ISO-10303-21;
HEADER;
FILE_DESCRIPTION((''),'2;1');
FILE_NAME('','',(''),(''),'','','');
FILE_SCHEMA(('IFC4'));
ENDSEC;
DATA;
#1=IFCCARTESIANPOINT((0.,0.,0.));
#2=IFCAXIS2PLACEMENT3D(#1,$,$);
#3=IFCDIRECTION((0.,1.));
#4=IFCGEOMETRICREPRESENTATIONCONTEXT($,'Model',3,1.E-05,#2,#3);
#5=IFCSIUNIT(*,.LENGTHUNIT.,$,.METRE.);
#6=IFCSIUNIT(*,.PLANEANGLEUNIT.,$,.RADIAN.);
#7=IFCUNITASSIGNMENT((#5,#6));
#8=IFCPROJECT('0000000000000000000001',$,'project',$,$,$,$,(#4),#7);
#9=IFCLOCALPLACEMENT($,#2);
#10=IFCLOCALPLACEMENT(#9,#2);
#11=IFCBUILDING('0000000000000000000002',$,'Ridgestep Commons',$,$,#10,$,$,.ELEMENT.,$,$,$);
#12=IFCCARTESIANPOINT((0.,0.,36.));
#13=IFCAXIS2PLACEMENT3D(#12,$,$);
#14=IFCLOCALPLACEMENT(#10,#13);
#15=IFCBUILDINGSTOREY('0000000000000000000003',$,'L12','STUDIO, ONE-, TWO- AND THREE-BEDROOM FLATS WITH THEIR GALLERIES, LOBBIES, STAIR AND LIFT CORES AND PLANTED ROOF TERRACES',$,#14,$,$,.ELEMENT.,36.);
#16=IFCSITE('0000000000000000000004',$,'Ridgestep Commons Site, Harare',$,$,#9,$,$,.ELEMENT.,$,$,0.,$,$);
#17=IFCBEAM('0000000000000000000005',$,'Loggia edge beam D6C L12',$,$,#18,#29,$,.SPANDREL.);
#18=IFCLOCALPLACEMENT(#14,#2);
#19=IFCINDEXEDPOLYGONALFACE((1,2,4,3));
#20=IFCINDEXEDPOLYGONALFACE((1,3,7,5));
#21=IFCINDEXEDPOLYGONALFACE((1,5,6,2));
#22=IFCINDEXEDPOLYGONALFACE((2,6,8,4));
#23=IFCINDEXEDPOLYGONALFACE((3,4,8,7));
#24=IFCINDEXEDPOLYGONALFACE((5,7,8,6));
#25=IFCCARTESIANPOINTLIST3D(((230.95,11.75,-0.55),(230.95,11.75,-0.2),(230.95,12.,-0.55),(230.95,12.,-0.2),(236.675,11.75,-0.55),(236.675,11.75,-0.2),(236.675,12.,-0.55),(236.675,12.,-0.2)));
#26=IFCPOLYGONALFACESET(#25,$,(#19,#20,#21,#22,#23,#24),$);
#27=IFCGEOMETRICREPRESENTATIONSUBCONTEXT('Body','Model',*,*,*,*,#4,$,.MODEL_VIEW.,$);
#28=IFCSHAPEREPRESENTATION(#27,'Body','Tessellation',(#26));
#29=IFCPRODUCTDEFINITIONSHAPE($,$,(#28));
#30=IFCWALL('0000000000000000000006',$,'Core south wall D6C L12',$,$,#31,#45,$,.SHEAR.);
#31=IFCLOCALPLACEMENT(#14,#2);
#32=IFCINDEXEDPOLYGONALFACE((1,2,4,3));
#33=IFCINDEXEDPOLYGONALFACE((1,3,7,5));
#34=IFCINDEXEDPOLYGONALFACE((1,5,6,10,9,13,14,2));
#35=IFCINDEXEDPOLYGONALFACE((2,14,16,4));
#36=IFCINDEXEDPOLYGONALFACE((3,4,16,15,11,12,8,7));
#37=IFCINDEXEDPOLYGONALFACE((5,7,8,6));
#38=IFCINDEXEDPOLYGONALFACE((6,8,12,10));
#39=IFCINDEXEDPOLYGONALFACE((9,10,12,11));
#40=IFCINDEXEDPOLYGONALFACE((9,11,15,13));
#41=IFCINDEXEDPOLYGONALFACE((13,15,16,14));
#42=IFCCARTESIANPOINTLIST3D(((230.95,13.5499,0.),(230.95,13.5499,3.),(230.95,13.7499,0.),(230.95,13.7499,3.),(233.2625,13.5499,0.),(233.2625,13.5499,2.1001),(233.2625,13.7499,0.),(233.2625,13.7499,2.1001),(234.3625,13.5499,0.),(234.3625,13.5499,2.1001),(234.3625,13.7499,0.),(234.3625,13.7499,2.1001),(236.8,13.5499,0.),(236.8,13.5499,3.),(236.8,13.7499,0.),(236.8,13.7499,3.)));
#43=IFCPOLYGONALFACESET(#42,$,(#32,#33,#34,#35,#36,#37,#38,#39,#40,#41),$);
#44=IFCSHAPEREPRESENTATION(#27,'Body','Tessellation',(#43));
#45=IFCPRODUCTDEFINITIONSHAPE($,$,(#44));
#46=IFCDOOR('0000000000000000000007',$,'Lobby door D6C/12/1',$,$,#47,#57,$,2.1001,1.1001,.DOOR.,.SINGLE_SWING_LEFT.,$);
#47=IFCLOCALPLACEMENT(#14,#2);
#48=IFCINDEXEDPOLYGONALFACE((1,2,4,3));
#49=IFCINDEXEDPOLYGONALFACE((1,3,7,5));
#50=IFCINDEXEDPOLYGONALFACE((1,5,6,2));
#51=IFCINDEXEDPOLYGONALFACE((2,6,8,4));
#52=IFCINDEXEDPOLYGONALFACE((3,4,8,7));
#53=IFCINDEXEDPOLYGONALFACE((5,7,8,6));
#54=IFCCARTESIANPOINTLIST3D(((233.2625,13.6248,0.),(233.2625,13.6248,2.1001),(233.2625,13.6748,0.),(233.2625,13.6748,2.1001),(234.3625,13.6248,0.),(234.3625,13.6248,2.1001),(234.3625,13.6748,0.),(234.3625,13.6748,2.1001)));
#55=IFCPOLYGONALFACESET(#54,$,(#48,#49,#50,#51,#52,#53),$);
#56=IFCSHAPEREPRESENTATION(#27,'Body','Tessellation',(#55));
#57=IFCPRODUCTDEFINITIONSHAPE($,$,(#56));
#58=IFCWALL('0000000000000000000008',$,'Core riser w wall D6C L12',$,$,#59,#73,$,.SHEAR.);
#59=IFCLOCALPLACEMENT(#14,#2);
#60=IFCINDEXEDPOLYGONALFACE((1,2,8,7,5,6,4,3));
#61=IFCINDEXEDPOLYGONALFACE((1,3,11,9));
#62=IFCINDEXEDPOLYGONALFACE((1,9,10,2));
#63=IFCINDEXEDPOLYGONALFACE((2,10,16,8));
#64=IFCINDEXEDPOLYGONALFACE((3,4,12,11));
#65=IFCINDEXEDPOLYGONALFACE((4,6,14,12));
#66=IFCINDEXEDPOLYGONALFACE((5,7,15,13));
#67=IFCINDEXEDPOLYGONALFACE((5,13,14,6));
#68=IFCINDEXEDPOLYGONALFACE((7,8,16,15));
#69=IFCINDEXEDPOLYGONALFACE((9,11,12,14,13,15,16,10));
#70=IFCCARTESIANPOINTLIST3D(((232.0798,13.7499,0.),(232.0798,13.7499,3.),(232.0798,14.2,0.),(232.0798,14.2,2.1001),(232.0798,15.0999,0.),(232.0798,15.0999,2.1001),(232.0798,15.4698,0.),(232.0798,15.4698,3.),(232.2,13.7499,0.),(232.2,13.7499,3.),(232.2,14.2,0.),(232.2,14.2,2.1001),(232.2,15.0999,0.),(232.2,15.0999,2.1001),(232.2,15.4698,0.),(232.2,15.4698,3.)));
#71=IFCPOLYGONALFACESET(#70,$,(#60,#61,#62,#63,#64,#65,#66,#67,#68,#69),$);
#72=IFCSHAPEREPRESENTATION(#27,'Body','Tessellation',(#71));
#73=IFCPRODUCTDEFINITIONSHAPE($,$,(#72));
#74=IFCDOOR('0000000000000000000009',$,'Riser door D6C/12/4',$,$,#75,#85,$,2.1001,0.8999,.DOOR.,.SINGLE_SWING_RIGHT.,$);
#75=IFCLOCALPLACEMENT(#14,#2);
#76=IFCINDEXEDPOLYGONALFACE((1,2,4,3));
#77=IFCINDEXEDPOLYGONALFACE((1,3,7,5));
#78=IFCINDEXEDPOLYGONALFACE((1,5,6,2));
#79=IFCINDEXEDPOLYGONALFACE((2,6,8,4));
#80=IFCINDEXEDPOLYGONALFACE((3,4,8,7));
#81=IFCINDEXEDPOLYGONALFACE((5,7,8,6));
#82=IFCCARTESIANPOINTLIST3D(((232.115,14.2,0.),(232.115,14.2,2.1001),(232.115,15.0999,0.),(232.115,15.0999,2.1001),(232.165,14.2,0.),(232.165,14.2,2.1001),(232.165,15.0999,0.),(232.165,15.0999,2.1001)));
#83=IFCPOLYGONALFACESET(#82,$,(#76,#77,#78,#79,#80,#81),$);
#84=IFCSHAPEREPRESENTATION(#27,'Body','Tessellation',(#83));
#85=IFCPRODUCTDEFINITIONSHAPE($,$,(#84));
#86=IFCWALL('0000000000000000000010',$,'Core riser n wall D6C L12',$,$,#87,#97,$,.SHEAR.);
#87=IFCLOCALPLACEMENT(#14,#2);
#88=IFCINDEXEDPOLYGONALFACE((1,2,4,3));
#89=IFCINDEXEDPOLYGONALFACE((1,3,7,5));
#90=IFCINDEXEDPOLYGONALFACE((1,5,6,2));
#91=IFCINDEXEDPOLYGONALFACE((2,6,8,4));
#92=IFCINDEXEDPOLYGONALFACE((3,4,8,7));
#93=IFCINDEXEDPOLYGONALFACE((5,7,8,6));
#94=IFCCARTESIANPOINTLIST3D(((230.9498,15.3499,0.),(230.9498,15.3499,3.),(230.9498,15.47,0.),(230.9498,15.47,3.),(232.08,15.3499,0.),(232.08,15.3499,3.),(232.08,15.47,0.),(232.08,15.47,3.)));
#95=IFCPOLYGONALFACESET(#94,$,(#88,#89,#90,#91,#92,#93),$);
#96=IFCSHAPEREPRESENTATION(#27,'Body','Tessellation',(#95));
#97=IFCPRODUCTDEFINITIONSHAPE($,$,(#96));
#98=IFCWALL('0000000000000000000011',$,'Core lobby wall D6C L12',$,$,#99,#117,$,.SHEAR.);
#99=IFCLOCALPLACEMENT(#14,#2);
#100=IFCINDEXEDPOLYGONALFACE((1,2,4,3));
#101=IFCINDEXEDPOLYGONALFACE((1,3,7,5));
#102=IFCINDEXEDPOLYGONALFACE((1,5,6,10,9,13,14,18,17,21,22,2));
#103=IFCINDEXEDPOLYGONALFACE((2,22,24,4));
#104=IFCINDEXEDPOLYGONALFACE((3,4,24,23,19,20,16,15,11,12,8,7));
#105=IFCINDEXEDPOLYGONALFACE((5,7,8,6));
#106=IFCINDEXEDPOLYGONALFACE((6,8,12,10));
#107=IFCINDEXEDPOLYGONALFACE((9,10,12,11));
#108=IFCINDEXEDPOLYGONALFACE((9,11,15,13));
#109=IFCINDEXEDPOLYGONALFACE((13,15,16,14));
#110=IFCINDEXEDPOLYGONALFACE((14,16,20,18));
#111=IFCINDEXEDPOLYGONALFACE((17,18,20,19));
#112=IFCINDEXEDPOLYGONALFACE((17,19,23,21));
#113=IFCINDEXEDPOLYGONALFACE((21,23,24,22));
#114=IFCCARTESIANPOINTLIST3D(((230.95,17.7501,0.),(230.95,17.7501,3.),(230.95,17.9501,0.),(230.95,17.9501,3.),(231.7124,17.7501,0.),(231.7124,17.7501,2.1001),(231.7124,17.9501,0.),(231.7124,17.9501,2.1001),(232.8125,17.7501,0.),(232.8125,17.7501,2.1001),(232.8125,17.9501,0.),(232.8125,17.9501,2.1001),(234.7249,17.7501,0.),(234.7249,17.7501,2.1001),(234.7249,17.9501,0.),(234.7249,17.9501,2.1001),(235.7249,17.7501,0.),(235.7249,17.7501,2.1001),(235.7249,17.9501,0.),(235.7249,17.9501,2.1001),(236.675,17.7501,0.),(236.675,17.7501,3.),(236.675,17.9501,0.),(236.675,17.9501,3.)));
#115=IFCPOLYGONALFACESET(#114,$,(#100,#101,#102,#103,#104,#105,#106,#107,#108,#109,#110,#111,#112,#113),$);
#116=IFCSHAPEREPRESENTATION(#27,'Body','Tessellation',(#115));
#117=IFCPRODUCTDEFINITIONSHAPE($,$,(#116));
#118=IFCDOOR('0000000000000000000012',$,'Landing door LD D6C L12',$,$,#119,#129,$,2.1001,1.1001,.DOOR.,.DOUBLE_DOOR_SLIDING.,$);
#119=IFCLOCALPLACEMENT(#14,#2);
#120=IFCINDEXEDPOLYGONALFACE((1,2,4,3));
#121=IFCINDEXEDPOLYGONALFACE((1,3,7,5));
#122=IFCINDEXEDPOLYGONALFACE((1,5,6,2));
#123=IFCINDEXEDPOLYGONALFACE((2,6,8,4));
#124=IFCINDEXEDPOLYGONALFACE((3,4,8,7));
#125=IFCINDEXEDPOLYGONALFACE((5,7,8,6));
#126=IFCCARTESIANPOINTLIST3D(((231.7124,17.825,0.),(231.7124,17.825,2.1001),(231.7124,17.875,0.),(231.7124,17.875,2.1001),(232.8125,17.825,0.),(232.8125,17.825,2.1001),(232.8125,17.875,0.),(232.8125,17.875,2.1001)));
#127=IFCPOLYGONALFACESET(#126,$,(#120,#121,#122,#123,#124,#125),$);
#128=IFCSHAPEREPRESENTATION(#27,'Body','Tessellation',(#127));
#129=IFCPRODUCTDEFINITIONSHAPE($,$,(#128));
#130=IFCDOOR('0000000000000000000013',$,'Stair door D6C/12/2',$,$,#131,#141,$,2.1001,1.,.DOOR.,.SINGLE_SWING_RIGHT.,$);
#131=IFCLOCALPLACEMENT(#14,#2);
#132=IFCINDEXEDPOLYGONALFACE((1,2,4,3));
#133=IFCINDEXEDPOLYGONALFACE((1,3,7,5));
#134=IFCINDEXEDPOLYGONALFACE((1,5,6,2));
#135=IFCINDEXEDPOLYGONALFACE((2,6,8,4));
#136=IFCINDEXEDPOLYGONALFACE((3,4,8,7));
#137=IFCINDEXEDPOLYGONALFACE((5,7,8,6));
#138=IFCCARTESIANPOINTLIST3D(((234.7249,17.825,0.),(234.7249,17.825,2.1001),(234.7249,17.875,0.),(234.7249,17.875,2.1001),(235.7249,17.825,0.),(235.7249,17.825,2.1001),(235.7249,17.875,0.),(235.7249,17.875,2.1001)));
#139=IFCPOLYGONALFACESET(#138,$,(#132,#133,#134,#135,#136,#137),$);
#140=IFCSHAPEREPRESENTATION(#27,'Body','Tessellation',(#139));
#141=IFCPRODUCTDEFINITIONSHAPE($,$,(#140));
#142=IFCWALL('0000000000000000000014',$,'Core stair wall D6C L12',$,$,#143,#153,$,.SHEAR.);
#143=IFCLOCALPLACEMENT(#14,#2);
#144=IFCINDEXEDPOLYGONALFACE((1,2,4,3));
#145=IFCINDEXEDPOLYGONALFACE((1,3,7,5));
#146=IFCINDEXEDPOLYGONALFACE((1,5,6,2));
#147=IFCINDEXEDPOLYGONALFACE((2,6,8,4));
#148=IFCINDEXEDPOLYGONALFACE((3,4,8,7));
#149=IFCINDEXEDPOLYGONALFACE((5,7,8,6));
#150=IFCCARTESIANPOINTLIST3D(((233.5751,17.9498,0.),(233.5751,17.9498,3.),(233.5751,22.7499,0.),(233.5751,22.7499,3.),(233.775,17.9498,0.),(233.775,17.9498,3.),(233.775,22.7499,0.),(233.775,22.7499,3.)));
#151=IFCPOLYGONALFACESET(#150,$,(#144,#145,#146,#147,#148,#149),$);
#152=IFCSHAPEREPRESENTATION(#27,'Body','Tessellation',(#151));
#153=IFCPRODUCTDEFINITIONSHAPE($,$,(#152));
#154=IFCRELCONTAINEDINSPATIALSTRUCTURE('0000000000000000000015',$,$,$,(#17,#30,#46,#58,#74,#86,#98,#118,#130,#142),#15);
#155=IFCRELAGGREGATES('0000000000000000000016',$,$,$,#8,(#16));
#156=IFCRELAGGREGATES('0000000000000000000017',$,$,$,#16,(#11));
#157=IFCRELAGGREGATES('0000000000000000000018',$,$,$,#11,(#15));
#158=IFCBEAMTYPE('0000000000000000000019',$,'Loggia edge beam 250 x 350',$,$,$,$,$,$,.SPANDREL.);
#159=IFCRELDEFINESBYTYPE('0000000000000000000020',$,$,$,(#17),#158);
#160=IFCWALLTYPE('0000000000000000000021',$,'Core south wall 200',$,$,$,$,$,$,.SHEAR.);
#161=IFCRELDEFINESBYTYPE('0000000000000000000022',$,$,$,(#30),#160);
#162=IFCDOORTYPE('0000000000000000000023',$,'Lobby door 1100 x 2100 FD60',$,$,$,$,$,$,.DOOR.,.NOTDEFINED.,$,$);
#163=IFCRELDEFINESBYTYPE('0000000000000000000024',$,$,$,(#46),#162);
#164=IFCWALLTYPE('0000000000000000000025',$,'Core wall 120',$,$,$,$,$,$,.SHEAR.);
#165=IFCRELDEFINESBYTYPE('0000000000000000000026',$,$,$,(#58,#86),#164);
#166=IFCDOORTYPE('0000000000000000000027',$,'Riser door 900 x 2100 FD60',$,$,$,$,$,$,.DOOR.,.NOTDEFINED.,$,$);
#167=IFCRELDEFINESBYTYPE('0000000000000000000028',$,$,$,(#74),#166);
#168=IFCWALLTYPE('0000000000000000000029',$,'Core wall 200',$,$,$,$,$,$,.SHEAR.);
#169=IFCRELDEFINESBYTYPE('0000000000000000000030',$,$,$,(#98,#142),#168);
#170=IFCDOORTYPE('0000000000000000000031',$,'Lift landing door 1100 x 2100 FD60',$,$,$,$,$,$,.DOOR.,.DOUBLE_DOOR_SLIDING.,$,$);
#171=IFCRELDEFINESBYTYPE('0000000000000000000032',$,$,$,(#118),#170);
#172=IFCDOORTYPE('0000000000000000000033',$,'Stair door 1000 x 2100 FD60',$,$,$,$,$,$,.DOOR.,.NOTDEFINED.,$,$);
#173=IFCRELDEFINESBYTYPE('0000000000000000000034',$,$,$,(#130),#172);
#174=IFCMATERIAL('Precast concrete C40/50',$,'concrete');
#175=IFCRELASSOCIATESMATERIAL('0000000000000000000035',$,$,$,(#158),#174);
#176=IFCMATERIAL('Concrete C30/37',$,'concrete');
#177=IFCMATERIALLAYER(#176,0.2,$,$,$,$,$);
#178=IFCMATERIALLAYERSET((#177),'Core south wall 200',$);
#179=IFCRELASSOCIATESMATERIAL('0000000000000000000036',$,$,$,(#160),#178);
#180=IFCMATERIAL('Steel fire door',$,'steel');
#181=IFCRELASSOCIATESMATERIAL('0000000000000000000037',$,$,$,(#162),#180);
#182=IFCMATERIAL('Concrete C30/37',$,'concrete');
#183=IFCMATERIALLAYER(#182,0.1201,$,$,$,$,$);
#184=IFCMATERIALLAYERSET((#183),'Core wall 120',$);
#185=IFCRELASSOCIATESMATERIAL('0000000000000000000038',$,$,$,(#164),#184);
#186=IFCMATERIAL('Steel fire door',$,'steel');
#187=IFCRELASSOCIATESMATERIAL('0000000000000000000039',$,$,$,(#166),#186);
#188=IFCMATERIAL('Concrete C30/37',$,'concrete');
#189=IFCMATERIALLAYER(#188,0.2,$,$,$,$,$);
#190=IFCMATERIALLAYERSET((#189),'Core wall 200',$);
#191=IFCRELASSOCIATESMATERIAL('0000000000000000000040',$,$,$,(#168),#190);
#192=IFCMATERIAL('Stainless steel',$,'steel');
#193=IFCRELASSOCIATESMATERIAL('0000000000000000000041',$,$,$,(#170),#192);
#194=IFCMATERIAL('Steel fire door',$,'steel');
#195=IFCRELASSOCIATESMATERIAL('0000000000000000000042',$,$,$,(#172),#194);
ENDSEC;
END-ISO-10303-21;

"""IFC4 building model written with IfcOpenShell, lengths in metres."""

from ifc_helpers import new_model, si_unit, direction, frame, frame_2d, origin, origin_2d, place, context, subcontext, project, spatial, rectangle, extrude, material, layer, layer_set, material_profile, profile_set, type_object, element, fill, save


model = new_model("IFC4")

# Units and contexts
model_context = context("Model", 3, precision=1e-05, world=origin(), true_north=direction((0.0, 1.0)))
body_context = subcontext(model_context, "Body", "Model", "MODEL_VIEW")
ifc_project = project(units=[si_unit("LENGTHUNIT", "METRE"), si_unit("PLANEANGLEUNIT", "RADIAN")], contexts=[model_context])

# Site, building, storey
site_placement = place(None, origin())
site = spatial("IfcSite", under=ifc_project, at=site_placement, Name="Ridgestep Commons Site, Harare", CompositionType="ELEMENT", RefElevation=0.0)
building_placement = place(site_placement, origin())
building = spatial("IfcBuilding", under=site, at=building_placement, Name="Ridgestep Commons", CompositionType="ELEMENT")
storey_placement = place(building_placement, frame((0.0, 0.0, 36.0)))
storey = spatial("IfcBuildingStorey", under=building, at=storey_placement, Name="L12", Description="STUDIO, ONE-, TWO- AND THREE-BEDROOM FLATS WITH THEIR GALLERIES, LOBBIES, STAIR AND LIFT CORES AND PLANTED ROOF TERRACES", CompositionType="ELEMENT", Elevation=36.0)

# Beam
ifc_material_1 = material(Name="Precast concrete C40/50", Category="concrete")
ifc_material_profile = material_profile(ifc_material_1, rectangle(XDim=0.25, YDim=0.3501, at=origin_2d()), Name="PC 250x350")
ifc_profile_set = profile_set([ifc_material_profile], Name="Precast concrete C40/50")
beam_type = type_object("IfcBeamType", Name="Loggia edge beam 250 x 350", PredefinedType="SPANDREL", material=ifc_profile_set)
beam_placement = place(storey_placement, frame((230.95, 11.875, -0.375), z_axis=(1.0, 0.0, 0.0), x_axis=(0.0, 1.0, 0.0)))
element("IfcBeam", 1, at=beam_placement, inside=storey, type_object=beam_type, Name="Loggia edge beam D6C L12", PredefinedType="SPANDREL", context=body_context, shape_type="SweptSolid", body=[
    extrude(rectangle(XDim=0.25, YDim=0.3501, at=origin_2d()), origin(), (0.0, 0.0, 1.0), 5.7251),
])

# Walls, openings, doors
ifc_material_2 = material(Name="Concrete C30/37", Category="concrete")
ifc_layer_1 = layer(ifc_material_2, 0.2)
ifc_layer_set_1 = layer_set([ifc_layer_1], Name="Core south wall 200")
wall_type_1 = type_object("IfcWallType", Name="Core south wall 200", PredefinedType="SHEAR", material=ifc_layer_set_1)
wall_1_placement = place(storey_placement, frame((230.95, 13.6499, 0.0), z_axis=(0.0, 0.0, 1.0), x_axis=(1.0, 0.0, 0.0)))
wall_1 = element("IfcWall", 2, at=wall_1_placement, inside=storey, type_object=wall_type_1, Name="Core south wall D6C L12", PredefinedType="SHEAR", context=body_context, shape_type="SweptSolid", body=[
    extrude(rectangle(XDim=5.8501, YDim=0.2, at=frame_2d((2.925, 0.0))), origin(), (0.0, 0.0, 1.0), 3.0),
])
opening_1_placement = place(wall_1_placement, frame((2.3125, 0.0, 0.0)))
opening_1 = element("IfcOpeningElement", 3, at=opening_1_placement, cuts=wall_1, PredefinedType="OPENING", context=body_context, shape_type="SweptSolid", body=[
    extrude(rectangle(XDim=1.1001, YDim=2.1001, at=frame_2d((0.55, 1.05))), frame((0.0, 0.1099, 0.0), z_axis=(0.0, -1.0, 0.0), x_axis=(1.0, 0.0, 0.0)), (0.0, 0.0, 1.0), 0.22),
])
ifc_material_3 = material(Name="Steel fire door", Category="steel")
door_type_1 = type_object("IfcDoorType", Name="Lobby door 1100 x 2100 FD60", OperationType="NOTDEFINED", PredefinedType="DOOR", material=ifc_material_3)
door_1_placement = place(opening_1_placement, origin())
door_1 = element("IfcDoor", 4, at=door_1_placement, inside=storey, type_object=door_type_1, Name="Lobby door D6C/12/1", OperationType="SINGLE_SWING_LEFT", OverallHeight=2.1001, OverallWidth=1.1001, PredefinedType="DOOR", context=body_context, shape_type="SweptSolid", body=[
    extrude(rectangle(XDim=1.1001, YDim=2.1001, at=frame_2d((0.55, 1.05))), frame((0.0, 0.0249, 0.0), z_axis=(0.0, -1.0, 0.0), x_axis=(1.0, 0.0, 0.0)), (0.0, 0.0, 1.0), 0.05),
])
fill(opening_1, door_1)
ifc_material_4 = material(Name="Concrete C30/37", Category="concrete")
ifc_layer_2 = layer(ifc_material_4, 0.1201)
ifc_layer_set_2 = layer_set([ifc_layer_2], Name="Core wall 120")
wall_type_2 = type_object("IfcWallType", Name="Core wall 120", PredefinedType="SHEAR", material=ifc_layer_set_2)
wall_2_placement = place(storey_placement, frame((232.1399, 13.75, 0.0), z_axis=(0.0, 0.0, 1.0), x_axis=(0.0, 1.0, 0.0)))
wall_2 = element("IfcWall", 5, at=wall_2_placement, inside=storey, type_object=wall_type_2, Name="Core riser w wall D6C L12", PredefinedType="SHEAR", context=body_context, shape_type="SweptSolid", body=[
    extrude(rectangle(XDim=1.72, YDim=0.1201, at=frame_2d((0.8599, 0.0))), origin(), (0.0, 0.0, 1.0), 3.0),
])
opening_2_placement = place(wall_2_placement, frame((0.45, 0.0, 0.0)))
opening_2 = element("IfcOpeningElement", 6, at=opening_2_placement, cuts=wall_2, PredefinedType="OPENING", context=body_context, shape_type="SweptSolid", body=[
    extrude(rectangle(XDim=0.8999, YDim=2.1001, at=frame_2d((0.45, 1.05))), frame((0.0, 0.0701, 0.0), z_axis=(0.0, -1.0, 0.0), x_axis=(1.0, 0.0, 0.0)), (0.0, 0.0, 1.0), 0.1401),
])
ifc_material_5 = material(Name="Steel fire door", Category="steel")
door_type_2 = type_object("IfcDoorType", Name="Riser door 900 x 2100 FD60", OperationType="NOTDEFINED", PredefinedType="DOOR", material=ifc_material_5)
door_2_placement = place(opening_2_placement, origin())
door_2 = element("IfcDoor", 7, at=door_2_placement, inside=storey, type_object=door_type_2, Name="Riser door D6C/12/4", OperationType="SINGLE_SWING_RIGHT", OverallHeight=2.1001, OverallWidth=0.8999, PredefinedType="DOOR", context=body_context, shape_type="SweptSolid", body=[
    extrude(rectangle(XDim=0.8999, YDim=2.1001, at=frame_2d((0.45, 1.05))), frame((0.0, 0.0249, 0.0), z_axis=(0.0, -1.0, 0.0), x_axis=(1.0, 0.0, 0.0)), (0.0, 0.0, 1.0), 0.05),
])
fill(opening_2, door_2)

# Wall
wall_3_placement = place(storey_placement, frame((230.95, 15.4099, 0.0), z_axis=(0.0, 0.0, 1.0), x_axis=(1.0, 0.0, 0.0)))
element("IfcWall", 8, at=wall_3_placement, inside=storey, type_object=wall_type_2, Name="Core riser n wall D6C L12", PredefinedType="SHEAR", context=body_context, shape_type="SweptSolid", body=[
    extrude(rectangle(XDim=1.1301, YDim=0.1201, at=frame_2d((0.5649, 0.0))), origin(), (0.0, 0.0, 1.0), 3.0),
])

# Wall, openings, doors
ifc_material_6 = material(Name="Concrete C30/37", Category="concrete")
ifc_layer_3 = layer(ifc_material_6, 0.2)
ifc_layer_set_3 = layer_set([ifc_layer_3], Name="Core wall 200")
wall_type_3 = type_object("IfcWallType", Name="Core wall 200", PredefinedType="SHEAR", material=ifc_layer_set_3)
wall_4_placement = place(storey_placement, frame((230.95, 17.8501, 0.0), z_axis=(0.0, 0.0, 1.0), x_axis=(1.0, 0.0, 0.0)))
wall_4 = element("IfcWall", 9, at=wall_4_placement, inside=storey, type_object=wall_type_3, Name="Core lobby wall D6C L12", PredefinedType="SHEAR", context=body_context, shape_type="SweptSolid", body=[
    extrude(rectangle(XDim=5.7251, YDim=0.2, at=frame_2d((2.8625, 0.0))), origin(), (0.0, 0.0, 1.0), 3.0),
])
opening_3_placement = place(wall_4_placement, frame((3.7749, 0.0, 0.0)))
opening_3 = element("IfcOpeningElement", 10, at=opening_3_placement, cuts=wall_4, PredefinedType="OPENING", context=body_context, shape_type="SweptSolid", body=[
    extrude(rectangle(XDim=1.0, YDim=2.1001, at=frame_2d((0.5, 1.05))), frame((0.0, 0.1099, 0.0), z_axis=(0.0, -1.0, 0.0), x_axis=(1.0, 0.0, 0.0)), (0.0, 0.0, 1.0), 0.22),
])
opening_4_placement = place(wall_4_placement, frame((0.7625, 0.0, 0.0)))
opening_4 = element("IfcOpeningElement", 11, at=opening_4_placement, cuts=wall_4, PredefinedType="OPENING", context=body_context, shape_type="SweptSolid", body=[
    extrude(rectangle(XDim=1.1001, YDim=2.1001, at=frame_2d((0.55, 1.05))), frame((0.0, 0.1099, 0.0), z_axis=(0.0, -1.0, 0.0), x_axis=(1.0, 0.0, 0.0)), (0.0, 0.0, 1.0), 0.22),
])
ifc_material_7 = material(Name="Stainless steel", Category="steel")
door_type_3 = type_object("IfcDoorType", Name="Lift landing door 1100 x 2100 FD60", OperationType="DOUBLE_DOOR_SLIDING", PredefinedType="DOOR", material=ifc_material_7)
door_3_placement = place(opening_4_placement, origin())
door_3 = element("IfcDoor", 12, at=door_3_placement, inside=storey, type_object=door_type_3, Name="Landing door LD D6C L12", OperationType="DOUBLE_DOOR_SLIDING", OverallHeight=2.1001, OverallWidth=1.1001, PredefinedType="DOOR", context=body_context, shape_type="SweptSolid", body=[
    extrude(rectangle(XDim=1.1001, YDim=2.1001, at=frame_2d((0.55, 1.05))), frame((0.0, 0.0249, 0.0), z_axis=(0.0, -1.0, 0.0), x_axis=(1.0, 0.0, 0.0)), (0.0, 0.0, 1.0), 0.05),
])
fill(opening_4, door_3)
ifc_material_8 = material(Name="Steel fire door", Category="steel")
door_type_4 = type_object("IfcDoorType", Name="Stair door 1000 x 2100 FD60", OperationType="NOTDEFINED", PredefinedType="DOOR", material=ifc_material_8)
door_4_placement = place(opening_3_placement, origin())
door_4 = element("IfcDoor", 13, at=door_4_placement, inside=storey, type_object=door_type_4, Name="Stair door D6C/12/2", OperationType="SINGLE_SWING_RIGHT", OverallHeight=2.1001, OverallWidth=1.0, PredefinedType="DOOR", context=body_context, shape_type="SweptSolid", body=[
    extrude(rectangle(XDim=1.0, YDim=2.1001, at=frame_2d((0.5, 1.05))), frame((0.0, 0.0249, 0.0), z_axis=(0.0, -1.0, 0.0), x_axis=(1.0, 0.0, 0.0)), (0.0, 0.0, 1.0), 0.05),
])
fill(opening_3, door_4)

# Wall
wall_5_placement = place(storey_placement, frame((233.675, 17.95, 0.0), z_axis=(0.0, 0.0, 1.0), x_axis=(0.0, 1.0, 0.0)))
element("IfcWall", 14, at=wall_5_placement, inside=storey, type_object=wall_type_3, Name="Core stair wall D6C L12", PredefinedType="SHEAR", context=body_context, shape_type="SweptSolid", body=[
    extrude(rectangle(XDim=4.8, YDim=0.2, at=frame_2d((2.3999, 0.0))), origin(), (0.0, 0.0, 1.0), 3.0),
])

save(model, "model.ifc")
